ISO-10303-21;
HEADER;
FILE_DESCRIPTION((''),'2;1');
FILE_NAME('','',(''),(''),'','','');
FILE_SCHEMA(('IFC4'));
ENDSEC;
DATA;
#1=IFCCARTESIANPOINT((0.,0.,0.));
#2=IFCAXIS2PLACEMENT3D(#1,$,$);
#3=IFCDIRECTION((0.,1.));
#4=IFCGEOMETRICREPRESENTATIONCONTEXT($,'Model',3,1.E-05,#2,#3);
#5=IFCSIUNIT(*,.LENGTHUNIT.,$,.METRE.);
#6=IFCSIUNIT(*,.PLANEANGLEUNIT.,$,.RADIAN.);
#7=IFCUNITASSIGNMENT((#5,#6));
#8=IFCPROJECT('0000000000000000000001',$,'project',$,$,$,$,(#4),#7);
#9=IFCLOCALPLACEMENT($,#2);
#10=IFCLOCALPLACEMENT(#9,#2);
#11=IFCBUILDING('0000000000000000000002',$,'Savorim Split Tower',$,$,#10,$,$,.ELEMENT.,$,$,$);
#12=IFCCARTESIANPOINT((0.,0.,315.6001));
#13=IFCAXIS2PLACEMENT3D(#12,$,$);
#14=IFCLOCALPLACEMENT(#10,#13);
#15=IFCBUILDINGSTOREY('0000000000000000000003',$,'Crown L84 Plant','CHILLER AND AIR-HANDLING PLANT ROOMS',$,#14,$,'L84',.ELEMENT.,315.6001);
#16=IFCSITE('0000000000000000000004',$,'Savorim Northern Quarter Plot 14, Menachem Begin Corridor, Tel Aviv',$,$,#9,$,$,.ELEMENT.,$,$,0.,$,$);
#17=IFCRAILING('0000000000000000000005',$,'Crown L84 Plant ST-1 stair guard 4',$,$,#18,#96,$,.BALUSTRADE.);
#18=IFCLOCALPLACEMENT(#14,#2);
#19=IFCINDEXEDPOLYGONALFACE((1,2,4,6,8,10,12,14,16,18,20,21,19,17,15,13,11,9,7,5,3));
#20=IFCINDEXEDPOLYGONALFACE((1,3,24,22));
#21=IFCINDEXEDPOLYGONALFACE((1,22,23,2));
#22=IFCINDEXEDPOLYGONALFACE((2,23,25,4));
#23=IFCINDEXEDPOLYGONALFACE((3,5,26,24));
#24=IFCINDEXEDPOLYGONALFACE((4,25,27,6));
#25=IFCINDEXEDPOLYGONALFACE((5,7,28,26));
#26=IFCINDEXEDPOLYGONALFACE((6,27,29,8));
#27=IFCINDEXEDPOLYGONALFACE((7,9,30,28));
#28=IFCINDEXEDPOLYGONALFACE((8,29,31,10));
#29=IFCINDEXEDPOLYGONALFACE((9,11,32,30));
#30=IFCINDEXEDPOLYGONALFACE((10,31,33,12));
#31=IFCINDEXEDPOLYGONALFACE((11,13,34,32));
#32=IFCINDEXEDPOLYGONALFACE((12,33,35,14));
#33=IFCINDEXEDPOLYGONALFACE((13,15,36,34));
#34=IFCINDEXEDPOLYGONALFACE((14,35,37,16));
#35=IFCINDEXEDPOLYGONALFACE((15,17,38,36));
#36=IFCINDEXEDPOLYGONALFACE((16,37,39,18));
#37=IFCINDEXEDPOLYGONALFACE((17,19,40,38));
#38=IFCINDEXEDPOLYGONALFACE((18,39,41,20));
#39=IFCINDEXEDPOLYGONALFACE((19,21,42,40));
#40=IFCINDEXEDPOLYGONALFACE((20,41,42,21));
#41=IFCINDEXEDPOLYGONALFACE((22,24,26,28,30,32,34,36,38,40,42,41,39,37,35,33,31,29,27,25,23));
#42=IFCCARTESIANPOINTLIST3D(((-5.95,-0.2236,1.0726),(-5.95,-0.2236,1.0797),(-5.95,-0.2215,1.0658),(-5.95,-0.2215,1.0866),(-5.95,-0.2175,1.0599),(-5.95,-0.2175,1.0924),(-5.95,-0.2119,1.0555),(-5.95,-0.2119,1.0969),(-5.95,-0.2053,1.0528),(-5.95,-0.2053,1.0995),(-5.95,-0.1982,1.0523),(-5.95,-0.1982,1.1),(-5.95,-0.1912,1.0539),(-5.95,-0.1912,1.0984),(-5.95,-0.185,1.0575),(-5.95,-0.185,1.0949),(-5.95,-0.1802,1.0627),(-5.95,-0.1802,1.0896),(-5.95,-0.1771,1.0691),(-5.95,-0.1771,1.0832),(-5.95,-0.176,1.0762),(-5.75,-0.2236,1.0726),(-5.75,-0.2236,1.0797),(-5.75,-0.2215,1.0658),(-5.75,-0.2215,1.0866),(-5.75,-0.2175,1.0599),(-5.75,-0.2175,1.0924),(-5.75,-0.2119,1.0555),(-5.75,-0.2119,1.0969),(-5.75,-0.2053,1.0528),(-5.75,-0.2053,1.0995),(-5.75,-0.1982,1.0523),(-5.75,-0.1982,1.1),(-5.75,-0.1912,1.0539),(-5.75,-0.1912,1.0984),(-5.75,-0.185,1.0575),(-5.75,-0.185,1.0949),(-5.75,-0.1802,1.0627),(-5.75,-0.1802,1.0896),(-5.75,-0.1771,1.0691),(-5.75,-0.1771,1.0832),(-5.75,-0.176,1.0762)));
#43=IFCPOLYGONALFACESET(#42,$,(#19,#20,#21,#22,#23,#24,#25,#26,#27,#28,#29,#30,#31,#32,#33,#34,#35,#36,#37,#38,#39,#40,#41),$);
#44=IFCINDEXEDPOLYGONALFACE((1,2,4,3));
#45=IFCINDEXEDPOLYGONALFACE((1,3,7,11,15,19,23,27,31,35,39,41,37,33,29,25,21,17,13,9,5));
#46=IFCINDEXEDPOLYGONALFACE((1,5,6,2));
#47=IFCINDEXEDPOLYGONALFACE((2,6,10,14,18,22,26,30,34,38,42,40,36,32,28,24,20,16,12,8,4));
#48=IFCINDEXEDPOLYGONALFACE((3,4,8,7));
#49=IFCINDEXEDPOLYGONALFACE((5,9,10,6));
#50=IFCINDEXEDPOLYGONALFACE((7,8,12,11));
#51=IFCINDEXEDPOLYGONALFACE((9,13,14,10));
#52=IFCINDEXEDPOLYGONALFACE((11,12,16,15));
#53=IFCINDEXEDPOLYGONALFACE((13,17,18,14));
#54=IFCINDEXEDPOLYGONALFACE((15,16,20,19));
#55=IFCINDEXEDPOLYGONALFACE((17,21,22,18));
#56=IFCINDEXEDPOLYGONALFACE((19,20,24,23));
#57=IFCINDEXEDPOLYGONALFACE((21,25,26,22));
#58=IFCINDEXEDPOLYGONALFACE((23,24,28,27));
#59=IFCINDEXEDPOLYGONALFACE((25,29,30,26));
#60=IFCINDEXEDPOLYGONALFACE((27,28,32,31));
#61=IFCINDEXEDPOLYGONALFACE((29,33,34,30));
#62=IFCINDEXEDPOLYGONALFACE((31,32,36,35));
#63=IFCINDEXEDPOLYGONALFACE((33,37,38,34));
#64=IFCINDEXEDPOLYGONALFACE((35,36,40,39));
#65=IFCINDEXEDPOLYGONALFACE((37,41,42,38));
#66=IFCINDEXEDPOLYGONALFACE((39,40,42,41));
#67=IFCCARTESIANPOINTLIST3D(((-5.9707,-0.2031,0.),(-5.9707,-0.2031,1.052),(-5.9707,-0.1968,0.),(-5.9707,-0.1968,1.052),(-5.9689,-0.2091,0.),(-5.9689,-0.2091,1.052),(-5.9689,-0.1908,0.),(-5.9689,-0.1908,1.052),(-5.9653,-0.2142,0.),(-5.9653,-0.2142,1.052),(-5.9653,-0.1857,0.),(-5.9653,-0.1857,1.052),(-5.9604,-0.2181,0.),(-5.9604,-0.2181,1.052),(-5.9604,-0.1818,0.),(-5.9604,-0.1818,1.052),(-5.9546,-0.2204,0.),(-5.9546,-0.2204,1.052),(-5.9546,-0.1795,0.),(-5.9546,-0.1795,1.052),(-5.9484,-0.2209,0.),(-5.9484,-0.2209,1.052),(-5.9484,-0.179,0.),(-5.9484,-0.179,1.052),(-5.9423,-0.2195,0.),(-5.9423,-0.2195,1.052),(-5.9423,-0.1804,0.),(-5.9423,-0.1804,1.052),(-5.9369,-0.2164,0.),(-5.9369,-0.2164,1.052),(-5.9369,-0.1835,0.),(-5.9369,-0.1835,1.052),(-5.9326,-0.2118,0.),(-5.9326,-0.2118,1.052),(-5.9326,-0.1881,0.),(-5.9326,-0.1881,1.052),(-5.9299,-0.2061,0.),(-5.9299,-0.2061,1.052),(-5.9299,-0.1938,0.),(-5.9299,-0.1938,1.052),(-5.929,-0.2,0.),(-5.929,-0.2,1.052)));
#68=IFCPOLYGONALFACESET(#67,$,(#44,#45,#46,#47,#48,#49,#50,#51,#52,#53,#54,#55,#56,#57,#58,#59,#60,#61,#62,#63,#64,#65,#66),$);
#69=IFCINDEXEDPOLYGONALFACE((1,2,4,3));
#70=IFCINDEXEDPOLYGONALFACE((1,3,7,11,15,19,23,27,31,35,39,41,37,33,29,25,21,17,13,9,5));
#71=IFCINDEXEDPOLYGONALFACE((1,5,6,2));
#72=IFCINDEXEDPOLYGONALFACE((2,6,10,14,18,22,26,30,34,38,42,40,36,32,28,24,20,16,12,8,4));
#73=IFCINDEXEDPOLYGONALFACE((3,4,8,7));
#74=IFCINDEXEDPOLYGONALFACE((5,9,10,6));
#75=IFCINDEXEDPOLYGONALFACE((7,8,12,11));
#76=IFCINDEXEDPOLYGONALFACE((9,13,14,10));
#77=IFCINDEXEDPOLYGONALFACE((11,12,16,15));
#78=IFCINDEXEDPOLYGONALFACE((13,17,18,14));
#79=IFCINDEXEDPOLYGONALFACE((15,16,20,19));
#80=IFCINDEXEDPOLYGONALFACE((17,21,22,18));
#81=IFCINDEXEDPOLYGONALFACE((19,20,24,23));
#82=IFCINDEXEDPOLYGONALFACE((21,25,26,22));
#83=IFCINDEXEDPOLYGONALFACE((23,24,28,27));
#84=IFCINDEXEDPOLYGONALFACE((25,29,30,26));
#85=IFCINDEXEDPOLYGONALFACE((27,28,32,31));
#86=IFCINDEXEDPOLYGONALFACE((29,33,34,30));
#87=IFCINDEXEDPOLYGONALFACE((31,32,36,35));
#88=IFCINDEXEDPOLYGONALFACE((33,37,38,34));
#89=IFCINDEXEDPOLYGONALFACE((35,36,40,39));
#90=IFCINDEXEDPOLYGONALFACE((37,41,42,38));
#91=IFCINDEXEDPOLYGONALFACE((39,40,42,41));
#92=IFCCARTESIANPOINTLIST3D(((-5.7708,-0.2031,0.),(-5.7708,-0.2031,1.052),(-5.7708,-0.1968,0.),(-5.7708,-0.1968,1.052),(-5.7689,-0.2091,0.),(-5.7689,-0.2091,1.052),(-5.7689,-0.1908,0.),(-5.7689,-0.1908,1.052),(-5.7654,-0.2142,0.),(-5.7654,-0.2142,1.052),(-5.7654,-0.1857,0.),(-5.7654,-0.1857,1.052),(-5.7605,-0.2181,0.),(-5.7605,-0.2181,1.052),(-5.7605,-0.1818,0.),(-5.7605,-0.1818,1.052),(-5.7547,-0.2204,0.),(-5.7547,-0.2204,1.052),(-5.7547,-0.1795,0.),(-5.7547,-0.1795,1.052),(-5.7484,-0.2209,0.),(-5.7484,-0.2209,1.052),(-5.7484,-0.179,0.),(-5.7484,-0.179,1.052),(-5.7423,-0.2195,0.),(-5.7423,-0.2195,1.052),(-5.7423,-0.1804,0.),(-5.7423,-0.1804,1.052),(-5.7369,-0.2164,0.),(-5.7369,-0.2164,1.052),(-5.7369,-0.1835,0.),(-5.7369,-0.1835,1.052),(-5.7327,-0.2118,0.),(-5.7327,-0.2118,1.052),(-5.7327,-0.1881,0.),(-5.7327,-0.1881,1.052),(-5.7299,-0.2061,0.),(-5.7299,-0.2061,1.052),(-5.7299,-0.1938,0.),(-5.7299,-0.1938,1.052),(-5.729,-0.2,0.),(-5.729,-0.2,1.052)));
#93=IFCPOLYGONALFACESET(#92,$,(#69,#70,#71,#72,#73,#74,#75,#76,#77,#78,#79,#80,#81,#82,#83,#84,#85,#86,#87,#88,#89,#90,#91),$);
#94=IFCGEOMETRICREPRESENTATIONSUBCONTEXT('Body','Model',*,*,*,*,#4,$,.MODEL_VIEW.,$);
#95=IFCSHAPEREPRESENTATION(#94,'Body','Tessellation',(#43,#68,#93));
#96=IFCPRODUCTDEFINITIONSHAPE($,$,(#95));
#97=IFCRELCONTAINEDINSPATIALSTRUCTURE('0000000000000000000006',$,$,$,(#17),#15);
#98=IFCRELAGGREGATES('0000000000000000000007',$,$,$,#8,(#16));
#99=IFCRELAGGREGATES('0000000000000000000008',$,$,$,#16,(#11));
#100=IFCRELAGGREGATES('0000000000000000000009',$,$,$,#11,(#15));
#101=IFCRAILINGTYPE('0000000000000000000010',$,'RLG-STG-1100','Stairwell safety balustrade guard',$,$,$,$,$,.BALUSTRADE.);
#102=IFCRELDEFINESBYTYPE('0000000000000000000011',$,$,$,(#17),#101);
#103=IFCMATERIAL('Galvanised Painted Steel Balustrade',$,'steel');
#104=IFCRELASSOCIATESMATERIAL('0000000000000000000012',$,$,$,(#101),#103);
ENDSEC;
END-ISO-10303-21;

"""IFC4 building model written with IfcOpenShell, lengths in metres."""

from ifc_helpers import new_model, si_unit, direction, frame, origin, origin_2d, place, context, subcontext, project, spatial, circle, extrude, material, type_object, element, save


model = new_model("IFC4")

# Units and contexts
model_context = context("Model", 3, precision=1e-05, world=origin(), true_north=direction((0.0, 1.0)))
body_context = subcontext(model_context, "Body", "Model", "MODEL_VIEW")
ifc_project = project(units=[si_unit("LENGTHUNIT", "METRE"), si_unit("PLANEANGLEUNIT", "RADIAN")], contexts=[model_context])

# Site, building, storey
site_placement = place(None, origin())
site = spatial("IfcSite", under=ifc_project, at=site_placement, Name="Savorim Northern Quarter Plot 14, Menachem Begin Corridor, Tel Aviv", CompositionType="ELEMENT", RefElevation=0.0)
building_placement = place(site_placement, origin())
building = spatial("IfcBuilding", under=site, at=building_placement, Name="Savorim Split Tower", CompositionType="ELEMENT")
storey_placement = place(building_placement, frame((0.0, 0.0, 315.6001)))
storey = spatial("IfcBuildingStorey", under=building, at=storey_placement, Name="Crown L84 Plant", Description="CHILLER AND AIR-HANDLING PLANT ROOMS", LongName="L84", CompositionType="ELEMENT", Elevation=315.6001)

# Railing
ifc_material_1 = material(Name="Galvanised Painted Steel Balustrade", Category="steel")
railing_type_1 = type_object("IfcRailingType", Name="RLG-STG-1100", Description="Stairwell safety balustrade guard", PredefinedType="BALUSTRADE", material=ifc_material_1)
railing_1_placement = place(storey_placement, frame((-5.95, -0.2, 0.0)))
element("IfcRailing", 1, at=railing_1_placement, inside=storey, type_object=railing_type_1, Name="Crown L84 Plant ST-1 stair guard 4", PredefinedType="BALUSTRADE", context=body_context, shape_type="SweptSolid", body=[
    extrude(circle(Radius=0.0239, at=origin_2d()), frame((0.0, 0.0, 1.0762), z_axis=(1.0, 0.0, 0.0), x_axis=(0.0, 1.0, 0.0)), (0.0, 0.0, 1.0), 0.2),
    extrude(circle(Radius=0.021, at=origin_2d()), origin(), (0.0, 0.0, 1.0), 1.052),
    extrude(circle(Radius=0.021, at=origin_2d()), frame((0.2, 0.0, 0.0)), (0.0, 0.0, 1.0), 1.052),
])

save(model, "model.ifc")
